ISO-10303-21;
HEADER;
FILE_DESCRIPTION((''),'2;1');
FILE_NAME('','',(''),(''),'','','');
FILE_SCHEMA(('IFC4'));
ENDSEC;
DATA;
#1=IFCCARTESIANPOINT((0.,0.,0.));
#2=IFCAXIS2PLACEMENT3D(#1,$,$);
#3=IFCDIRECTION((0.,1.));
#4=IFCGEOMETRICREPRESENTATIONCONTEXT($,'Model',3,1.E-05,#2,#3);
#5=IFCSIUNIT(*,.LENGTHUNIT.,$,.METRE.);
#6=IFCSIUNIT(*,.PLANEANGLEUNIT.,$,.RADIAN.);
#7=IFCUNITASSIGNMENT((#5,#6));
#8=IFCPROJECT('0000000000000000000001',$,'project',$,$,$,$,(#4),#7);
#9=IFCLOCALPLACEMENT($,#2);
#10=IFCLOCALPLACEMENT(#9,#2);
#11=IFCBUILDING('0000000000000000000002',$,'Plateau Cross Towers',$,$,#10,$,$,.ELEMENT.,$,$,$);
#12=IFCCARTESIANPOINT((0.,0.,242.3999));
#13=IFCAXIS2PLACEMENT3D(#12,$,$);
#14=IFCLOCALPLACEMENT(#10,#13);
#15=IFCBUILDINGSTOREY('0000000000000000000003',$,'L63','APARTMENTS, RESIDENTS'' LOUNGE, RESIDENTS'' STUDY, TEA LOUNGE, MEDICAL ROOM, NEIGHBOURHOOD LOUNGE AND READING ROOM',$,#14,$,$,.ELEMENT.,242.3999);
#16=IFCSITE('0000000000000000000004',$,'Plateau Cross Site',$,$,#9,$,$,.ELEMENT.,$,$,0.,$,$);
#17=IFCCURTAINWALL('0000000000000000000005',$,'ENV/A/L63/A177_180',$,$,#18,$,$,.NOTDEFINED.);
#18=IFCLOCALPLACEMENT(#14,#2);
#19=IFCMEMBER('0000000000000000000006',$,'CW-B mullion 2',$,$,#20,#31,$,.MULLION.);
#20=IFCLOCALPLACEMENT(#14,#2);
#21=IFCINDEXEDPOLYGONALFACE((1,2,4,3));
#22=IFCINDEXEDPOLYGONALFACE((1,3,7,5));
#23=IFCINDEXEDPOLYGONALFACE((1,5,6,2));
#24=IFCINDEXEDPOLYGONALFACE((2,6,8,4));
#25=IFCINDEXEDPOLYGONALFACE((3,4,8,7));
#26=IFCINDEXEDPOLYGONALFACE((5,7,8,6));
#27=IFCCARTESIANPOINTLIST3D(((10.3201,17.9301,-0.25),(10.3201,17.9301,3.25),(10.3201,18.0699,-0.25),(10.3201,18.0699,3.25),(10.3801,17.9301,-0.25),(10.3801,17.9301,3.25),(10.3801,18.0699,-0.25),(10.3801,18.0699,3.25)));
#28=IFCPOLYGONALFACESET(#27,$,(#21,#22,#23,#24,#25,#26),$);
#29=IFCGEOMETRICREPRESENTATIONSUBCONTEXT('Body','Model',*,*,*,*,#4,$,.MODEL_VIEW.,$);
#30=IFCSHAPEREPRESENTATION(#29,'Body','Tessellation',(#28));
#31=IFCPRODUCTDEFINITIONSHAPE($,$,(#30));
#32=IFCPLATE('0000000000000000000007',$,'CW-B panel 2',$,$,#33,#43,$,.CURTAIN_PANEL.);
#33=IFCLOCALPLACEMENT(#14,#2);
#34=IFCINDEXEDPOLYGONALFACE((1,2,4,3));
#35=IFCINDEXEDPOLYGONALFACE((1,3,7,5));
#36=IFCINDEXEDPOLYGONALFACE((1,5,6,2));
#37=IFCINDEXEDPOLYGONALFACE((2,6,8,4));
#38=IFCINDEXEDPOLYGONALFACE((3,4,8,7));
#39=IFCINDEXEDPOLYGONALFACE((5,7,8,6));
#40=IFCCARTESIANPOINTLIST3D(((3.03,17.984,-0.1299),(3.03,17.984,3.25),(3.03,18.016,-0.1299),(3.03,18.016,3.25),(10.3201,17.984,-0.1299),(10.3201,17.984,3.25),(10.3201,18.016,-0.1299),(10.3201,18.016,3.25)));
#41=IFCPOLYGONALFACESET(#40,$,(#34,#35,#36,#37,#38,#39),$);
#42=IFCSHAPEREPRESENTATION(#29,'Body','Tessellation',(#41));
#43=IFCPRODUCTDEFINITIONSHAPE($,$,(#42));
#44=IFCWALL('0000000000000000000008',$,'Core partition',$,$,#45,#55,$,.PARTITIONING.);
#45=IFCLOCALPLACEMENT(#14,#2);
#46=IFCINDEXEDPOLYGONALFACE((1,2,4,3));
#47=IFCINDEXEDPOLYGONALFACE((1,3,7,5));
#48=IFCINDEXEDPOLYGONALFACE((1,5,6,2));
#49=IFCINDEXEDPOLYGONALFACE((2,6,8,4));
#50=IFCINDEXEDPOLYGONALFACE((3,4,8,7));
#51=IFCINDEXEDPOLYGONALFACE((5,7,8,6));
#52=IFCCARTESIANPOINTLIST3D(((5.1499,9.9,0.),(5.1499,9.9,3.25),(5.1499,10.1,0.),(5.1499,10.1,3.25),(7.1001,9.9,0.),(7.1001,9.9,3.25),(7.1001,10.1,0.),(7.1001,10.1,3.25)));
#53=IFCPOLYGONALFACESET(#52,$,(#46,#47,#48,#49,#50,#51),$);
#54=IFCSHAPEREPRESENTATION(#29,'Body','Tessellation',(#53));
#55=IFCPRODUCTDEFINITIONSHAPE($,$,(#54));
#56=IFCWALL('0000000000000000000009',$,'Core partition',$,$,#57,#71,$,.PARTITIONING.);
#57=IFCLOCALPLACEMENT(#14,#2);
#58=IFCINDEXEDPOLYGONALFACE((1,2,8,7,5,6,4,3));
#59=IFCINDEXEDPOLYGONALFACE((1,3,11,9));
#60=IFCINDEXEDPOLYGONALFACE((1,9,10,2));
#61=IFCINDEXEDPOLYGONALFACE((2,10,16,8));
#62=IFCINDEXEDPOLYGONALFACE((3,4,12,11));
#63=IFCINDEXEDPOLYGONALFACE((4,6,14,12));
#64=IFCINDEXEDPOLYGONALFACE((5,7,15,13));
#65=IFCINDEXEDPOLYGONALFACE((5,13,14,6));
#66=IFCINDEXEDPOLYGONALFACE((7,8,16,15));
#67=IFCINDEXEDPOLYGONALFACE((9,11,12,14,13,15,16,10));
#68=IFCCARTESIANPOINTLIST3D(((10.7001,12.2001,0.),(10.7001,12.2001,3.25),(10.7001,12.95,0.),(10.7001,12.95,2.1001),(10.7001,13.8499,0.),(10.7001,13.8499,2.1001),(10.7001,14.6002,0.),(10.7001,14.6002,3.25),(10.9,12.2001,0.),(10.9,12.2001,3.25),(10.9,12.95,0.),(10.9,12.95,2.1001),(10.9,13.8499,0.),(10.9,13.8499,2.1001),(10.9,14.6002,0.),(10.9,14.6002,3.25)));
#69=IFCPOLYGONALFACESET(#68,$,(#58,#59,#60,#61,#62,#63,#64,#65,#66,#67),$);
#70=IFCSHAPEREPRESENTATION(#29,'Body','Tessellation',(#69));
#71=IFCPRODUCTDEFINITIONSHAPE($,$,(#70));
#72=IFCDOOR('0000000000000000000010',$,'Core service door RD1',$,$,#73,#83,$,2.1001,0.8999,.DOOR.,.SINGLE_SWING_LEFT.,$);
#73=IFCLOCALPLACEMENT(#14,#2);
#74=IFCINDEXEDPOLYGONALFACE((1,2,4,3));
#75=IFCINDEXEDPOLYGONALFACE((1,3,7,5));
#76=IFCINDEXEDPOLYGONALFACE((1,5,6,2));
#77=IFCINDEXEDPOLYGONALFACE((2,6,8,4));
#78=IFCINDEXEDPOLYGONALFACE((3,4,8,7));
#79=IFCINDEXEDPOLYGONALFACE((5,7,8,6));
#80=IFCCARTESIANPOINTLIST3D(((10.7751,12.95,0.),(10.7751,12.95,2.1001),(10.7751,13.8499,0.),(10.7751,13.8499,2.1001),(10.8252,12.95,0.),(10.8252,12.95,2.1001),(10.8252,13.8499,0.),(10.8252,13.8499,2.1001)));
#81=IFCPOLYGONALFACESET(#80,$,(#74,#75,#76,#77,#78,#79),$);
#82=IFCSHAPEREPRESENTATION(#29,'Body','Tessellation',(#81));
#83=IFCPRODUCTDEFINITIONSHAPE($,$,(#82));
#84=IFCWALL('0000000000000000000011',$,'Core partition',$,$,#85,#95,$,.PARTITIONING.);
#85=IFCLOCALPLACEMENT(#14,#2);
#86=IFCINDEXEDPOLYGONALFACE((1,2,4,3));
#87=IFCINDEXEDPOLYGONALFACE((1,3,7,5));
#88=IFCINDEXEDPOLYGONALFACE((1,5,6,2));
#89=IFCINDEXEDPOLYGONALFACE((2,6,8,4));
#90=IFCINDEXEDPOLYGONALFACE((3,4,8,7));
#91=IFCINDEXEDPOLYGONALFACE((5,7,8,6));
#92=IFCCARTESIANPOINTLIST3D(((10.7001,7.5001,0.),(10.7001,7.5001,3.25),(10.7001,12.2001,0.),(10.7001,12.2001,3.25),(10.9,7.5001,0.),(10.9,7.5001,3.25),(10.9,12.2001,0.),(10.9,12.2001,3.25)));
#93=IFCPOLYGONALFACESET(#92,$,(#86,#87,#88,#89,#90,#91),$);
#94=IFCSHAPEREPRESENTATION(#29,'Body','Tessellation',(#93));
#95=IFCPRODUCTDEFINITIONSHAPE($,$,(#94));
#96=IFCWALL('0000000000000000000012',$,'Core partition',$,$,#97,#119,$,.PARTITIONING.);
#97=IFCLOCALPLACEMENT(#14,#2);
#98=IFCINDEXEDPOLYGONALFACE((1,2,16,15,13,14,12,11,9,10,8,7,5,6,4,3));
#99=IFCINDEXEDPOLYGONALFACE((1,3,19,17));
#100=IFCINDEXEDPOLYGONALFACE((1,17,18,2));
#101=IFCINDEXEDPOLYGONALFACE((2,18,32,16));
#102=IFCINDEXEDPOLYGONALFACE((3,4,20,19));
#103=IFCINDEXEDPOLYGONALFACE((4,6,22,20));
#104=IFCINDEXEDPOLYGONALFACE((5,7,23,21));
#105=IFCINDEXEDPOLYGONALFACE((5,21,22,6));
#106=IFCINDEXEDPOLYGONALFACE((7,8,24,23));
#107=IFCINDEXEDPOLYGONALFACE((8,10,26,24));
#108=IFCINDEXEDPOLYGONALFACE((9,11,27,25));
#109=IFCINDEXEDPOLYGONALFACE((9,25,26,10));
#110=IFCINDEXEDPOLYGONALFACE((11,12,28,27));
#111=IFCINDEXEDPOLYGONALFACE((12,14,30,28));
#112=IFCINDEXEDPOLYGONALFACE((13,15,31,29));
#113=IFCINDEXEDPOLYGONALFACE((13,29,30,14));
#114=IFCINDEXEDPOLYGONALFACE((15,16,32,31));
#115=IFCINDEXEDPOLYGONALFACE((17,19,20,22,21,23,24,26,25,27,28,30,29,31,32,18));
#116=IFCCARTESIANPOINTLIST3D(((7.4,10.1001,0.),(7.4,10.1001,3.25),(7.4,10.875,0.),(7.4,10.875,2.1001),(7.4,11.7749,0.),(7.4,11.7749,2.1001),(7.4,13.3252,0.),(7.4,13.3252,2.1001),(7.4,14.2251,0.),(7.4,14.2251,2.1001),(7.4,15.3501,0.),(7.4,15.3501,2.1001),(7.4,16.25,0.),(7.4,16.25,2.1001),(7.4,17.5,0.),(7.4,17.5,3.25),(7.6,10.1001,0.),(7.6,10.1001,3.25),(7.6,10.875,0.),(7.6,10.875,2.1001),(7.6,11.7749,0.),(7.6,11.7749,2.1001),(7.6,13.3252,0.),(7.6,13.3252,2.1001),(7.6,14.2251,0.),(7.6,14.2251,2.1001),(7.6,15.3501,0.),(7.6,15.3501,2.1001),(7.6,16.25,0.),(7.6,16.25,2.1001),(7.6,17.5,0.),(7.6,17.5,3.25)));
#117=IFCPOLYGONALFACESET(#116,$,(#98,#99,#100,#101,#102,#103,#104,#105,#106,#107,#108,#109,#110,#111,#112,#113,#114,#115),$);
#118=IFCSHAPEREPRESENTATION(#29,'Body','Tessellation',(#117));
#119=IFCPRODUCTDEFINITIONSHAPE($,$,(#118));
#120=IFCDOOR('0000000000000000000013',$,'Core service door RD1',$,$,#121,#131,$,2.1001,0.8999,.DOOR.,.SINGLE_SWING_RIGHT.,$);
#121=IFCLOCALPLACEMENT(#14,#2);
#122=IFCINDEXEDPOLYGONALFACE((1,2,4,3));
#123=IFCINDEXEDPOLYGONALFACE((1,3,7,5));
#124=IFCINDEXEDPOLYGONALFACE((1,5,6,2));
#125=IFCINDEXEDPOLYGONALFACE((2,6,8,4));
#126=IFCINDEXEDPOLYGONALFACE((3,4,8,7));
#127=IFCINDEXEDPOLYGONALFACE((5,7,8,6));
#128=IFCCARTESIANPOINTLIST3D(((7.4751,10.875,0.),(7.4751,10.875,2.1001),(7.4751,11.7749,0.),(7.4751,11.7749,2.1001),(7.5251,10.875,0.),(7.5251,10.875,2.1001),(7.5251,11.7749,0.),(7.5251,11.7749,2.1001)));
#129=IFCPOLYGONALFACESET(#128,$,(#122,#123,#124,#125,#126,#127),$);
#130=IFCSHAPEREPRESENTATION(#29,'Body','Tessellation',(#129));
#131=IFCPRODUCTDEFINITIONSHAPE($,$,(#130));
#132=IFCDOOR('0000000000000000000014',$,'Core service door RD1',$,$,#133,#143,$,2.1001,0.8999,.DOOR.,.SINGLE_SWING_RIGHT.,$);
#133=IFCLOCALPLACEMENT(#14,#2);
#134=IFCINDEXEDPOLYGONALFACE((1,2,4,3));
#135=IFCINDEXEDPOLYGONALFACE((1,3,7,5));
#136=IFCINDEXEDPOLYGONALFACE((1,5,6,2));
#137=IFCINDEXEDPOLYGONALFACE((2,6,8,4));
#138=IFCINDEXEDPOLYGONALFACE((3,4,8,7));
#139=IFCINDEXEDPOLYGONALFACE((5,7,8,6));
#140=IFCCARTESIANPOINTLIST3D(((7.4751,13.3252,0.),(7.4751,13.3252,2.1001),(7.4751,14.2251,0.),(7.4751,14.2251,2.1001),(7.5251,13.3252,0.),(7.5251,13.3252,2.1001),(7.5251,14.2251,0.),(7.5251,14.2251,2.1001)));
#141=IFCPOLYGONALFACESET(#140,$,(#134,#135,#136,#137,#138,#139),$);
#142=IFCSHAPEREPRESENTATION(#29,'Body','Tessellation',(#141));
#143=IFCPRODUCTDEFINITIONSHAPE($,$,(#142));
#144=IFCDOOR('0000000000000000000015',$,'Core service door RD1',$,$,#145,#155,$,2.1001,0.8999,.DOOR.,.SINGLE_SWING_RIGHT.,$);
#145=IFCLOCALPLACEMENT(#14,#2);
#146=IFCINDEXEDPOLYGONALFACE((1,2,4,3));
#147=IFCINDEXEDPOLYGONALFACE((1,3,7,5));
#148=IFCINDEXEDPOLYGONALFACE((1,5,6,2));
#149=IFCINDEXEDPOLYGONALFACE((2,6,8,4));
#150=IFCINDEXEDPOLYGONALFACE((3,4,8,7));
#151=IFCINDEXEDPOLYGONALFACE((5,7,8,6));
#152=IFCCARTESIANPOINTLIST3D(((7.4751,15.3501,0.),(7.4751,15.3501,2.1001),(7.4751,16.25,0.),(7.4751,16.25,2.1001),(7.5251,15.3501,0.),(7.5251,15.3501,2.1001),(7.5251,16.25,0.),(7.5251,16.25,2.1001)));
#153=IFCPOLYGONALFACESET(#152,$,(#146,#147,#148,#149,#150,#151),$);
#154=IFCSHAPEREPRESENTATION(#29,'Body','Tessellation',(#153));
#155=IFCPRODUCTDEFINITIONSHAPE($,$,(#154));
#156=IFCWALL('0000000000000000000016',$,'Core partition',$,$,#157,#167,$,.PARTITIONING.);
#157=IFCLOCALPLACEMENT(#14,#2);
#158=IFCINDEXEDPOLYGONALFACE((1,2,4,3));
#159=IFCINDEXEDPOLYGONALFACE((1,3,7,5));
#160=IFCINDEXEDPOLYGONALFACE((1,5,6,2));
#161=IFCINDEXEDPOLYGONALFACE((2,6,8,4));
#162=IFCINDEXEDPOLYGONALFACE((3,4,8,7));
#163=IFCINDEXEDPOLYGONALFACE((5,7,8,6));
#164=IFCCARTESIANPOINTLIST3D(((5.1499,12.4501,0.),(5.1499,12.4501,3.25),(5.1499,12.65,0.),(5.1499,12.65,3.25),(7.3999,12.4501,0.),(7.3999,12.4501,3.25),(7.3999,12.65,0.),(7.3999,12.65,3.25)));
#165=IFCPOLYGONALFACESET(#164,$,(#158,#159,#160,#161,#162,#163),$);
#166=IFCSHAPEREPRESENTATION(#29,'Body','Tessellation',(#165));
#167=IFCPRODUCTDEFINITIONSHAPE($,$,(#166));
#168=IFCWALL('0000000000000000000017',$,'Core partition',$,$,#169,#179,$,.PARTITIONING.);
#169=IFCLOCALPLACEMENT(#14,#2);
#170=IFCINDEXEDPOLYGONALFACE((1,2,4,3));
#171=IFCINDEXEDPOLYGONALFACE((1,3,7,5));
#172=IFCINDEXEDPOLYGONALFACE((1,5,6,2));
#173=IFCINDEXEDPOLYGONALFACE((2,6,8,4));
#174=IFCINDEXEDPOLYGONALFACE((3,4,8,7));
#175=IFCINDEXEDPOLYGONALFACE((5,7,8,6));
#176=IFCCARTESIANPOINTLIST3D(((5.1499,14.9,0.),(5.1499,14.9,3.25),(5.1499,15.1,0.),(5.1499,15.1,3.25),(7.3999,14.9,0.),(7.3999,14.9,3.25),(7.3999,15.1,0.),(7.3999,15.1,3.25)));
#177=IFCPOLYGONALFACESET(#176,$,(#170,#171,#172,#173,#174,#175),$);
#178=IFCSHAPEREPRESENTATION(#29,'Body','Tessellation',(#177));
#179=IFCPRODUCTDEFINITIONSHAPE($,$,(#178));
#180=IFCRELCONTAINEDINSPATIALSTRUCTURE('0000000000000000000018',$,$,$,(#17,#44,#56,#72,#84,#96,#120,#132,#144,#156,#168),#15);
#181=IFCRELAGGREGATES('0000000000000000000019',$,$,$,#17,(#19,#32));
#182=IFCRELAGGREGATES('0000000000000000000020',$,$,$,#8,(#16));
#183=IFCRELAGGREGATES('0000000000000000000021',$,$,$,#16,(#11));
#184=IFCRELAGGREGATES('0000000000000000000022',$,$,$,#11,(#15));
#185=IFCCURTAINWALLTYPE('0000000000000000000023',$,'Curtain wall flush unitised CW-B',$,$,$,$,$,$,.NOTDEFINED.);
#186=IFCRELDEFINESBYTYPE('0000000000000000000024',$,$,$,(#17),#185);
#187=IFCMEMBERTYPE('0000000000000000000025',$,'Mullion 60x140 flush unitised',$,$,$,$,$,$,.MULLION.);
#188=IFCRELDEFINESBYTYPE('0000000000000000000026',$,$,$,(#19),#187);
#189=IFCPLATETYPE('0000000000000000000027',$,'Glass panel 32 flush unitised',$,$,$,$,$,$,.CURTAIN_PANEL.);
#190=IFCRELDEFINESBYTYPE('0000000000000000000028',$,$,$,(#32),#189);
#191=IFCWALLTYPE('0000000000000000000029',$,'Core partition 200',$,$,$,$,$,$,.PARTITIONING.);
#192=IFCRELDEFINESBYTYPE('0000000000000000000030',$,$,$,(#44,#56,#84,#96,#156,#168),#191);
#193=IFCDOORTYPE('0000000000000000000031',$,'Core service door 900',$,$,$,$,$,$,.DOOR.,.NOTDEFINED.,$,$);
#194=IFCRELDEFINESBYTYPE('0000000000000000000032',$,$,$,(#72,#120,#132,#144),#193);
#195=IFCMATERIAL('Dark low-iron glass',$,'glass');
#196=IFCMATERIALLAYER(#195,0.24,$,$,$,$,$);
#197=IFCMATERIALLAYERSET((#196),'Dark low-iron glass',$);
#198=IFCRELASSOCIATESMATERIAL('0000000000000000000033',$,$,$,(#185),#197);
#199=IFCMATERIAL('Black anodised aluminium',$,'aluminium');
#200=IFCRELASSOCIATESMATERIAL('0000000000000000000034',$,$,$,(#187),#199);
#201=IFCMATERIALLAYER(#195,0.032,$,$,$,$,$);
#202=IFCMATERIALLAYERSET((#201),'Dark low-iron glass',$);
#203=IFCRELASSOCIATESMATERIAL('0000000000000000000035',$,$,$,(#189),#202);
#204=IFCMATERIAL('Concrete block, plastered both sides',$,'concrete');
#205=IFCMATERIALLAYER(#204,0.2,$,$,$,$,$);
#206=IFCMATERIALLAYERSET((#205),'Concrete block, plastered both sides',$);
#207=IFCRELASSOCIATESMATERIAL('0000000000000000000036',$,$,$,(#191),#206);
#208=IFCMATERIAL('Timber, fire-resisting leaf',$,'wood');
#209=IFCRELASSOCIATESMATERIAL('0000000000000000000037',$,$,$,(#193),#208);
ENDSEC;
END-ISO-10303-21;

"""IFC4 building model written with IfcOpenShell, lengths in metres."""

from ifc_helpers import new_model, si_unit, direction, frame, frame_2d, origin, origin_2d, place, context, subcontext, project, spatial, rectangle, extrude, material, layer, layer_set, material_profile, profile_set, type_object, element, fill, aggregate, save


model = new_model("IFC4")

# Units and contexts
model_context = context("Model", 3, precision=1e-05, world=origin(), true_north=direction((0.0, 1.0)))
body_context = subcontext(model_context, "Body", "Model", "MODEL_VIEW")
ifc_project = project(units=[si_unit("LENGTHUNIT", "METRE"), si_unit("PLANEANGLEUNIT", "RADIAN")], contexts=[model_context])

# Site, building, storey
site_placement = place(None, origin())
site = spatial("IfcSite", under=ifc_project, at=site_placement, Name="Plateau Cross Site", CompositionType="ELEMENT", RefElevation=0.0)
building_placement = place(site_placement, origin())
building = spatial("IfcBuilding", under=site, at=building_placement, Name="Plateau Cross Towers", CompositionType="ELEMENT")
storey_placement = place(building_placement, frame((0.0, 0.0, 242.3999)))
storey = spatial("IfcBuildingStorey", under=building, at=storey_placement, Name="L63", Description="APARTMENTS, RESIDENTS' LOUNGE, RESIDENTS' STUDY, TEA LOUNGE, MEDICAL ROOM, NEIGHBOURHOOD LOUNGE AND READING ROOM", CompositionType="ELEMENT", Elevation=242.3999)

# Curtain wall, member, plate
ifc_material_1 = material(Name="Dark low-iron glass", Category="glass")
ifc_layer_1 = layer(ifc_material_1, 0.24)
ifc_layer_set_1 = layer_set([ifc_layer_1], Name="Dark low-iron glass")
curtain_wall_type = type_object("IfcCurtainWallType", Name="Curtain wall flush unitised CW-B", PredefinedType="NOTDEFINED", material=ifc_layer_set_1)
curtain_wall_placement = place(storey_placement, origin())
curtain_wall = element("IfcCurtainWall", 1, at=curtain_wall_placement, inside=storey, type_object=curtain_wall_type, Name="ENV/A/L63/A177_180", PredefinedType="NOTDEFINED")
ifc_material_2 = material(Name="Black anodised aluminium", Category="aluminium")
ifc_material_profile = material_profile(ifc_material_2, rectangle(XDim=0.0601, YDim=0.1399, at=origin_2d()), Name="MULLION 60x140")
ifc_profile_set = profile_set([ifc_material_profile], Name="Black anodised aluminium")
member_type = type_object("IfcMemberType", Name="Mullion 60x140 flush unitised", PredefinedType="MULLION", material=ifc_profile_set)
member_placement = place(storey_placement, frame((10.3501, 18.0, -0.25), z_axis=(0.0, 0.0, 1.0), x_axis=(-1.0, 0.0, 0.0)))
member = element("IfcMember", 2, at=member_placement, type_object=member_type, Name="CW-B mullion 2", PredefinedType="MULLION", context=body_context, shape_type="SweptSolid", body=[
    extrude(rectangle(XDim=0.0601, YDim=0.1399, at=origin_2d()), origin(), (0.0, 0.0, 1.0), 3.5),
])
ifc_layer_2 = layer(ifc_material_1, 0.032)
ifc_layer_set_2 = layer_set([ifc_layer_2], Name="Dark low-iron glass")
plate_type = type_object("IfcPlateType", Name="Glass panel 32 flush unitised", PredefinedType="CURTAIN_PANEL", material=ifc_layer_set_2)
plate_placement = place(storey_placement, frame((6.675, 18.0, -0.1299), z_axis=(0.0, 0.0, 1.0), x_axis=(-1.0, 0.0, 0.0)))
plate = element("IfcPlate", 3, at=plate_placement, type_object=plate_type, Name="CW-B panel 2", PredefinedType="CURTAIN_PANEL", context=body_context, shape_type="SweptSolid", body=[
    extrude(rectangle(XDim=7.29, YDim=0.032, at=origin_2d()), origin(), (0.0, 0.0, 1.0), 3.3799),
])
aggregate(curtain_wall, [member, plate])

# Wall
ifc_material_3 = material(Name="Concrete block, plastered both sides", Category="concrete")
ifc_layer_3 = layer(ifc_material_3, 0.2)
ifc_layer_set_3 = layer_set([ifc_layer_3], Name="Concrete block, plastered both sides")
wall_type_1 = type_object("IfcWallType", Name="Core partition 200", PredefinedType="PARTITIONING", material=ifc_layer_set_3)
wall_1_placement = place(storey_placement, frame((5.1499, 10.0, 0.0), z_axis=(0.0, 0.0, 1.0), x_axis=(1.0, 0.0, 0.0)))
element("IfcWall", 4, at=wall_1_placement, inside=storey, type_object=wall_type_1, Name="Core partition", PredefinedType="PARTITIONING", context=body_context, shape_type="SweptSolid", body=[
    extrude(rectangle(XDim=1.9502, YDim=0.2, at=frame_2d((0.9751, 0.0))), origin(), (0.0, 0.0, 1.0), 3.25),
])

# Wall, opening, door
wall_2_placement = place(storey_placement, frame((10.8, 12.2, 0.0), z_axis=(0.0, 0.0, 1.0), x_axis=(0.0, 1.0, 0.0)))
wall_2 = element("IfcWall", 5, at=wall_2_placement, inside=storey, type_object=wall_type_1, Name="Core partition", PredefinedType="PARTITIONING", context=body_context, shape_type="SweptSolid", body=[
    extrude(rectangle(XDim=2.4001, YDim=0.2, at=frame_2d((1.2002, 0.0))), origin(), (0.0, 0.0, 1.0), 3.25),
])
opening_1_placement = place(wall_2_placement, frame((0.75, 0.0, 0.0)))
opening_1 = element("IfcOpeningElement", 6, at=opening_1_placement, cuts=wall_2, PredefinedType="OPENING", context=body_context, shape_type="SweptSolid", body=[
    extrude(rectangle(XDim=0.8999, YDim=2.1001, at=frame_2d((0.45, 1.05))), frame((0.0, 0.1099, 0.0), z_axis=(0.0, -1.0, 0.0), x_axis=(1.0, 0.0, 0.0)), (0.0, 0.0, 1.0), 0.22),
])
ifc_material_4 = material(Name="Timber, fire-resisting leaf", Category="wood")
door_type_1 = type_object("IfcDoorType", Name="Core service door 900", OperationType="NOTDEFINED", PredefinedType="DOOR", material=ifc_material_4)
door_1_placement = place(opening_1_placement, origin())
door_1 = element("IfcDoor", 7, at=door_1_placement, inside=storey, type_object=door_type_1, Name="Core service door RD1", OperationType="SINGLE_SWING_LEFT", OverallHeight=2.1001, OverallWidth=0.8999, PredefinedType="DOOR", context=body_context, shape_type="SweptSolid", body=[
    extrude(rectangle(XDim=0.8999, YDim=2.1001, at=frame_2d((0.45, 1.05))), frame((0.0, 0.0249, 0.0), z_axis=(0.0, -1.0, 0.0), x_axis=(1.0, 0.0, 0.0)), (0.0, 0.0, 1.0), 0.05),
])
fill(opening_1, door_1)

# Wall
wall_3_placement = place(storey_placement, frame((10.8, 7.5, 0.0), z_axis=(0.0, 0.0, 1.0), x_axis=(0.0, 1.0, 0.0)))
element("IfcWall", 8, at=wall_3_placement, inside=storey, type_object=wall_type_1, Name="Core partition", PredefinedType="PARTITIONING", context=body_context, shape_type="SweptSolid", body=[
    extrude(rectangle(XDim=4.7, YDim=0.2, at=frame_2d((2.3501, 0.0))), origin(), (0.0, 0.0, 1.0), 3.25),
])

# Wall, openings, doors
wall_4_placement = place(storey_placement, frame((7.5, 10.1001, 0.0), z_axis=(0.0, 0.0, 1.0), x_axis=(0.0, 1.0, 0.0)))
wall_4 = element("IfcWall", 9, at=wall_4_placement, inside=storey, type_object=wall_type_1, Name="Core partition", PredefinedType="PARTITIONING", context=body_context, shape_type="SweptSolid", body=[
    extrude(rectangle(XDim=7.3999, YDim=0.2, at=frame_2d((3.7, 0.0))), origin(), (0.0, 0.0, 1.0), 3.25),
])
opening_2_placement = place(wall_4_placement, frame((0.7749, 0.0, 0.0)))
opening_2 = element("IfcOpeningElement", 10, at=opening_2_placement, cuts=wall_4, PredefinedType="OPENING", context=body_context, shape_type="SweptSolid", body=[
    extrude(rectangle(XDim=0.8999, YDim=2.1001, at=frame_2d((0.45, 1.05))), frame((0.0, 0.1099, 0.0), z_axis=(0.0, -1.0, 0.0), x_axis=(1.0, 0.0, 0.0)), (0.0, 0.0, 1.0), 0.22),
])
opening_3_placement = place(wall_4_placement, frame((3.2251, 0.0, 0.0)))
opening_3 = element("IfcOpeningElement", 11, at=opening_3_placement, cuts=wall_4, PredefinedType="OPENING", context=body_context, shape_type="SweptSolid", body=[
    extrude(rectangle(XDim=0.8999, YDim=2.1001, at=frame_2d((0.45, 1.05))), frame((0.0, 0.1099, 0.0), z_axis=(0.0, -1.0, 0.0), x_axis=(1.0, 0.0, 0.0)), (0.0, 0.0, 1.0), 0.22),
])
opening_4_placement = place(wall_4_placement, frame((5.25, 0.0, 0.0)))
opening_4 = element("IfcOpeningElement", 12, at=opening_4_placement, cuts=wall_4, PredefinedType="OPENING", context=body_context, shape_type="SweptSolid", body=[
    extrude(rectangle(XDim=0.8999, YDim=2.1001, at=frame_2d((0.45, 1.05))), frame((0.0, 0.1099, 0.0), z_axis=(0.0, -1.0, 0.0), x_axis=(1.0, 0.0, 0.0)), (0.0, 0.0, 1.0), 0.22),
])
door_2_placement = place(opening_2_placement, origin())
door_2 = element("IfcDoor", 13, at=door_2_placement, inside=storey, type_object=door_type_1, Name="Core service door RD1", OperationType="SINGLE_SWING_RIGHT", OverallHeight=2.1001, OverallWidth=0.8999, PredefinedType="DOOR", context=body_context, shape_type="SweptSolid", body=[
    extrude(rectangle(XDim=0.8999, YDim=2.1001, at=frame_2d((0.45, 1.05))), frame((0.0, 0.0249, 0.0), z_axis=(0.0, -1.0, 0.0), x_axis=(1.0, 0.0, 0.0)), (0.0, 0.0, 1.0), 0.05),
])
fill(opening_2, door_2)
door_3_placement = place(opening_3_placement, origin())
door_3 = element("IfcDoor", 14, at=door_3_placement, inside=storey, type_object=door_type_1, Name="Core service door RD1", OperationType="SINGLE_SWING_RIGHT", OverallHeight=2.1001, OverallWidth=0.8999, PredefinedType="DOOR", context=body_context, shape_type="SweptSolid", body=[
    extrude(rectangle(XDim=0.8999, YDim=2.1001, at=frame_2d((0.45, 1.05))), frame((0.0, 0.0249, 0.0), z_axis=(0.0, -1.0, 0.0), x_axis=(1.0, 0.0, 0.0)), (0.0, 0.0, 1.0), 0.05),
])
fill(opening_3, door_3)
door_4_placement = place(opening_4_placement, origin())
door_4 = element("IfcDoor", 15, at=door_4_placement, inside=storey, type_object=door_type_1, Name="Core service door RD1", OperationType="SINGLE_SWING_RIGHT", OverallHeight=2.1001, OverallWidth=0.8999, PredefinedType="DOOR", context=body_context, shape_type="SweptSolid", body=[
    extrude(rectangle(XDim=0.8999, YDim=2.1001, at=frame_2d((0.45, 1.05))), frame((0.0, 0.0249, 0.0), z_axis=(0.0, -1.0, 0.0), x_axis=(1.0, 0.0, 0.0)), (0.0, 0.0, 1.0), 0.05),
])
fill(opening_4, door_4)

# Walls
for number, where, z_axis, x_axis, name in (
    (16, (5.1499, 12.55, 0.0), (0.0, 0.0, 1.0), (1.0, 0.0, 0.0), "Core partition"),
    (17, (5.1499, 15.0, 0.0), (0.0, 0.0, 1.0), (1.0, 0.0, 0.0), "Core partition"),
):
    element("IfcWall", number, at=place(storey_placement, frame(where, z_axis=z_axis, x_axis=x_axis)), inside=storey, type_object=wall_type_1, Name=name, PredefinedType="PARTITIONING", context=body_context, shape_type="SweptSolid", body=[
        extrude(rectangle(XDim=2.25, YDim=0.2, at=frame_2d((1.125, 0.0))), origin(), (0.0, 0.0, 1.0), 3.25),
    ])

save(model, "model.ifc")
